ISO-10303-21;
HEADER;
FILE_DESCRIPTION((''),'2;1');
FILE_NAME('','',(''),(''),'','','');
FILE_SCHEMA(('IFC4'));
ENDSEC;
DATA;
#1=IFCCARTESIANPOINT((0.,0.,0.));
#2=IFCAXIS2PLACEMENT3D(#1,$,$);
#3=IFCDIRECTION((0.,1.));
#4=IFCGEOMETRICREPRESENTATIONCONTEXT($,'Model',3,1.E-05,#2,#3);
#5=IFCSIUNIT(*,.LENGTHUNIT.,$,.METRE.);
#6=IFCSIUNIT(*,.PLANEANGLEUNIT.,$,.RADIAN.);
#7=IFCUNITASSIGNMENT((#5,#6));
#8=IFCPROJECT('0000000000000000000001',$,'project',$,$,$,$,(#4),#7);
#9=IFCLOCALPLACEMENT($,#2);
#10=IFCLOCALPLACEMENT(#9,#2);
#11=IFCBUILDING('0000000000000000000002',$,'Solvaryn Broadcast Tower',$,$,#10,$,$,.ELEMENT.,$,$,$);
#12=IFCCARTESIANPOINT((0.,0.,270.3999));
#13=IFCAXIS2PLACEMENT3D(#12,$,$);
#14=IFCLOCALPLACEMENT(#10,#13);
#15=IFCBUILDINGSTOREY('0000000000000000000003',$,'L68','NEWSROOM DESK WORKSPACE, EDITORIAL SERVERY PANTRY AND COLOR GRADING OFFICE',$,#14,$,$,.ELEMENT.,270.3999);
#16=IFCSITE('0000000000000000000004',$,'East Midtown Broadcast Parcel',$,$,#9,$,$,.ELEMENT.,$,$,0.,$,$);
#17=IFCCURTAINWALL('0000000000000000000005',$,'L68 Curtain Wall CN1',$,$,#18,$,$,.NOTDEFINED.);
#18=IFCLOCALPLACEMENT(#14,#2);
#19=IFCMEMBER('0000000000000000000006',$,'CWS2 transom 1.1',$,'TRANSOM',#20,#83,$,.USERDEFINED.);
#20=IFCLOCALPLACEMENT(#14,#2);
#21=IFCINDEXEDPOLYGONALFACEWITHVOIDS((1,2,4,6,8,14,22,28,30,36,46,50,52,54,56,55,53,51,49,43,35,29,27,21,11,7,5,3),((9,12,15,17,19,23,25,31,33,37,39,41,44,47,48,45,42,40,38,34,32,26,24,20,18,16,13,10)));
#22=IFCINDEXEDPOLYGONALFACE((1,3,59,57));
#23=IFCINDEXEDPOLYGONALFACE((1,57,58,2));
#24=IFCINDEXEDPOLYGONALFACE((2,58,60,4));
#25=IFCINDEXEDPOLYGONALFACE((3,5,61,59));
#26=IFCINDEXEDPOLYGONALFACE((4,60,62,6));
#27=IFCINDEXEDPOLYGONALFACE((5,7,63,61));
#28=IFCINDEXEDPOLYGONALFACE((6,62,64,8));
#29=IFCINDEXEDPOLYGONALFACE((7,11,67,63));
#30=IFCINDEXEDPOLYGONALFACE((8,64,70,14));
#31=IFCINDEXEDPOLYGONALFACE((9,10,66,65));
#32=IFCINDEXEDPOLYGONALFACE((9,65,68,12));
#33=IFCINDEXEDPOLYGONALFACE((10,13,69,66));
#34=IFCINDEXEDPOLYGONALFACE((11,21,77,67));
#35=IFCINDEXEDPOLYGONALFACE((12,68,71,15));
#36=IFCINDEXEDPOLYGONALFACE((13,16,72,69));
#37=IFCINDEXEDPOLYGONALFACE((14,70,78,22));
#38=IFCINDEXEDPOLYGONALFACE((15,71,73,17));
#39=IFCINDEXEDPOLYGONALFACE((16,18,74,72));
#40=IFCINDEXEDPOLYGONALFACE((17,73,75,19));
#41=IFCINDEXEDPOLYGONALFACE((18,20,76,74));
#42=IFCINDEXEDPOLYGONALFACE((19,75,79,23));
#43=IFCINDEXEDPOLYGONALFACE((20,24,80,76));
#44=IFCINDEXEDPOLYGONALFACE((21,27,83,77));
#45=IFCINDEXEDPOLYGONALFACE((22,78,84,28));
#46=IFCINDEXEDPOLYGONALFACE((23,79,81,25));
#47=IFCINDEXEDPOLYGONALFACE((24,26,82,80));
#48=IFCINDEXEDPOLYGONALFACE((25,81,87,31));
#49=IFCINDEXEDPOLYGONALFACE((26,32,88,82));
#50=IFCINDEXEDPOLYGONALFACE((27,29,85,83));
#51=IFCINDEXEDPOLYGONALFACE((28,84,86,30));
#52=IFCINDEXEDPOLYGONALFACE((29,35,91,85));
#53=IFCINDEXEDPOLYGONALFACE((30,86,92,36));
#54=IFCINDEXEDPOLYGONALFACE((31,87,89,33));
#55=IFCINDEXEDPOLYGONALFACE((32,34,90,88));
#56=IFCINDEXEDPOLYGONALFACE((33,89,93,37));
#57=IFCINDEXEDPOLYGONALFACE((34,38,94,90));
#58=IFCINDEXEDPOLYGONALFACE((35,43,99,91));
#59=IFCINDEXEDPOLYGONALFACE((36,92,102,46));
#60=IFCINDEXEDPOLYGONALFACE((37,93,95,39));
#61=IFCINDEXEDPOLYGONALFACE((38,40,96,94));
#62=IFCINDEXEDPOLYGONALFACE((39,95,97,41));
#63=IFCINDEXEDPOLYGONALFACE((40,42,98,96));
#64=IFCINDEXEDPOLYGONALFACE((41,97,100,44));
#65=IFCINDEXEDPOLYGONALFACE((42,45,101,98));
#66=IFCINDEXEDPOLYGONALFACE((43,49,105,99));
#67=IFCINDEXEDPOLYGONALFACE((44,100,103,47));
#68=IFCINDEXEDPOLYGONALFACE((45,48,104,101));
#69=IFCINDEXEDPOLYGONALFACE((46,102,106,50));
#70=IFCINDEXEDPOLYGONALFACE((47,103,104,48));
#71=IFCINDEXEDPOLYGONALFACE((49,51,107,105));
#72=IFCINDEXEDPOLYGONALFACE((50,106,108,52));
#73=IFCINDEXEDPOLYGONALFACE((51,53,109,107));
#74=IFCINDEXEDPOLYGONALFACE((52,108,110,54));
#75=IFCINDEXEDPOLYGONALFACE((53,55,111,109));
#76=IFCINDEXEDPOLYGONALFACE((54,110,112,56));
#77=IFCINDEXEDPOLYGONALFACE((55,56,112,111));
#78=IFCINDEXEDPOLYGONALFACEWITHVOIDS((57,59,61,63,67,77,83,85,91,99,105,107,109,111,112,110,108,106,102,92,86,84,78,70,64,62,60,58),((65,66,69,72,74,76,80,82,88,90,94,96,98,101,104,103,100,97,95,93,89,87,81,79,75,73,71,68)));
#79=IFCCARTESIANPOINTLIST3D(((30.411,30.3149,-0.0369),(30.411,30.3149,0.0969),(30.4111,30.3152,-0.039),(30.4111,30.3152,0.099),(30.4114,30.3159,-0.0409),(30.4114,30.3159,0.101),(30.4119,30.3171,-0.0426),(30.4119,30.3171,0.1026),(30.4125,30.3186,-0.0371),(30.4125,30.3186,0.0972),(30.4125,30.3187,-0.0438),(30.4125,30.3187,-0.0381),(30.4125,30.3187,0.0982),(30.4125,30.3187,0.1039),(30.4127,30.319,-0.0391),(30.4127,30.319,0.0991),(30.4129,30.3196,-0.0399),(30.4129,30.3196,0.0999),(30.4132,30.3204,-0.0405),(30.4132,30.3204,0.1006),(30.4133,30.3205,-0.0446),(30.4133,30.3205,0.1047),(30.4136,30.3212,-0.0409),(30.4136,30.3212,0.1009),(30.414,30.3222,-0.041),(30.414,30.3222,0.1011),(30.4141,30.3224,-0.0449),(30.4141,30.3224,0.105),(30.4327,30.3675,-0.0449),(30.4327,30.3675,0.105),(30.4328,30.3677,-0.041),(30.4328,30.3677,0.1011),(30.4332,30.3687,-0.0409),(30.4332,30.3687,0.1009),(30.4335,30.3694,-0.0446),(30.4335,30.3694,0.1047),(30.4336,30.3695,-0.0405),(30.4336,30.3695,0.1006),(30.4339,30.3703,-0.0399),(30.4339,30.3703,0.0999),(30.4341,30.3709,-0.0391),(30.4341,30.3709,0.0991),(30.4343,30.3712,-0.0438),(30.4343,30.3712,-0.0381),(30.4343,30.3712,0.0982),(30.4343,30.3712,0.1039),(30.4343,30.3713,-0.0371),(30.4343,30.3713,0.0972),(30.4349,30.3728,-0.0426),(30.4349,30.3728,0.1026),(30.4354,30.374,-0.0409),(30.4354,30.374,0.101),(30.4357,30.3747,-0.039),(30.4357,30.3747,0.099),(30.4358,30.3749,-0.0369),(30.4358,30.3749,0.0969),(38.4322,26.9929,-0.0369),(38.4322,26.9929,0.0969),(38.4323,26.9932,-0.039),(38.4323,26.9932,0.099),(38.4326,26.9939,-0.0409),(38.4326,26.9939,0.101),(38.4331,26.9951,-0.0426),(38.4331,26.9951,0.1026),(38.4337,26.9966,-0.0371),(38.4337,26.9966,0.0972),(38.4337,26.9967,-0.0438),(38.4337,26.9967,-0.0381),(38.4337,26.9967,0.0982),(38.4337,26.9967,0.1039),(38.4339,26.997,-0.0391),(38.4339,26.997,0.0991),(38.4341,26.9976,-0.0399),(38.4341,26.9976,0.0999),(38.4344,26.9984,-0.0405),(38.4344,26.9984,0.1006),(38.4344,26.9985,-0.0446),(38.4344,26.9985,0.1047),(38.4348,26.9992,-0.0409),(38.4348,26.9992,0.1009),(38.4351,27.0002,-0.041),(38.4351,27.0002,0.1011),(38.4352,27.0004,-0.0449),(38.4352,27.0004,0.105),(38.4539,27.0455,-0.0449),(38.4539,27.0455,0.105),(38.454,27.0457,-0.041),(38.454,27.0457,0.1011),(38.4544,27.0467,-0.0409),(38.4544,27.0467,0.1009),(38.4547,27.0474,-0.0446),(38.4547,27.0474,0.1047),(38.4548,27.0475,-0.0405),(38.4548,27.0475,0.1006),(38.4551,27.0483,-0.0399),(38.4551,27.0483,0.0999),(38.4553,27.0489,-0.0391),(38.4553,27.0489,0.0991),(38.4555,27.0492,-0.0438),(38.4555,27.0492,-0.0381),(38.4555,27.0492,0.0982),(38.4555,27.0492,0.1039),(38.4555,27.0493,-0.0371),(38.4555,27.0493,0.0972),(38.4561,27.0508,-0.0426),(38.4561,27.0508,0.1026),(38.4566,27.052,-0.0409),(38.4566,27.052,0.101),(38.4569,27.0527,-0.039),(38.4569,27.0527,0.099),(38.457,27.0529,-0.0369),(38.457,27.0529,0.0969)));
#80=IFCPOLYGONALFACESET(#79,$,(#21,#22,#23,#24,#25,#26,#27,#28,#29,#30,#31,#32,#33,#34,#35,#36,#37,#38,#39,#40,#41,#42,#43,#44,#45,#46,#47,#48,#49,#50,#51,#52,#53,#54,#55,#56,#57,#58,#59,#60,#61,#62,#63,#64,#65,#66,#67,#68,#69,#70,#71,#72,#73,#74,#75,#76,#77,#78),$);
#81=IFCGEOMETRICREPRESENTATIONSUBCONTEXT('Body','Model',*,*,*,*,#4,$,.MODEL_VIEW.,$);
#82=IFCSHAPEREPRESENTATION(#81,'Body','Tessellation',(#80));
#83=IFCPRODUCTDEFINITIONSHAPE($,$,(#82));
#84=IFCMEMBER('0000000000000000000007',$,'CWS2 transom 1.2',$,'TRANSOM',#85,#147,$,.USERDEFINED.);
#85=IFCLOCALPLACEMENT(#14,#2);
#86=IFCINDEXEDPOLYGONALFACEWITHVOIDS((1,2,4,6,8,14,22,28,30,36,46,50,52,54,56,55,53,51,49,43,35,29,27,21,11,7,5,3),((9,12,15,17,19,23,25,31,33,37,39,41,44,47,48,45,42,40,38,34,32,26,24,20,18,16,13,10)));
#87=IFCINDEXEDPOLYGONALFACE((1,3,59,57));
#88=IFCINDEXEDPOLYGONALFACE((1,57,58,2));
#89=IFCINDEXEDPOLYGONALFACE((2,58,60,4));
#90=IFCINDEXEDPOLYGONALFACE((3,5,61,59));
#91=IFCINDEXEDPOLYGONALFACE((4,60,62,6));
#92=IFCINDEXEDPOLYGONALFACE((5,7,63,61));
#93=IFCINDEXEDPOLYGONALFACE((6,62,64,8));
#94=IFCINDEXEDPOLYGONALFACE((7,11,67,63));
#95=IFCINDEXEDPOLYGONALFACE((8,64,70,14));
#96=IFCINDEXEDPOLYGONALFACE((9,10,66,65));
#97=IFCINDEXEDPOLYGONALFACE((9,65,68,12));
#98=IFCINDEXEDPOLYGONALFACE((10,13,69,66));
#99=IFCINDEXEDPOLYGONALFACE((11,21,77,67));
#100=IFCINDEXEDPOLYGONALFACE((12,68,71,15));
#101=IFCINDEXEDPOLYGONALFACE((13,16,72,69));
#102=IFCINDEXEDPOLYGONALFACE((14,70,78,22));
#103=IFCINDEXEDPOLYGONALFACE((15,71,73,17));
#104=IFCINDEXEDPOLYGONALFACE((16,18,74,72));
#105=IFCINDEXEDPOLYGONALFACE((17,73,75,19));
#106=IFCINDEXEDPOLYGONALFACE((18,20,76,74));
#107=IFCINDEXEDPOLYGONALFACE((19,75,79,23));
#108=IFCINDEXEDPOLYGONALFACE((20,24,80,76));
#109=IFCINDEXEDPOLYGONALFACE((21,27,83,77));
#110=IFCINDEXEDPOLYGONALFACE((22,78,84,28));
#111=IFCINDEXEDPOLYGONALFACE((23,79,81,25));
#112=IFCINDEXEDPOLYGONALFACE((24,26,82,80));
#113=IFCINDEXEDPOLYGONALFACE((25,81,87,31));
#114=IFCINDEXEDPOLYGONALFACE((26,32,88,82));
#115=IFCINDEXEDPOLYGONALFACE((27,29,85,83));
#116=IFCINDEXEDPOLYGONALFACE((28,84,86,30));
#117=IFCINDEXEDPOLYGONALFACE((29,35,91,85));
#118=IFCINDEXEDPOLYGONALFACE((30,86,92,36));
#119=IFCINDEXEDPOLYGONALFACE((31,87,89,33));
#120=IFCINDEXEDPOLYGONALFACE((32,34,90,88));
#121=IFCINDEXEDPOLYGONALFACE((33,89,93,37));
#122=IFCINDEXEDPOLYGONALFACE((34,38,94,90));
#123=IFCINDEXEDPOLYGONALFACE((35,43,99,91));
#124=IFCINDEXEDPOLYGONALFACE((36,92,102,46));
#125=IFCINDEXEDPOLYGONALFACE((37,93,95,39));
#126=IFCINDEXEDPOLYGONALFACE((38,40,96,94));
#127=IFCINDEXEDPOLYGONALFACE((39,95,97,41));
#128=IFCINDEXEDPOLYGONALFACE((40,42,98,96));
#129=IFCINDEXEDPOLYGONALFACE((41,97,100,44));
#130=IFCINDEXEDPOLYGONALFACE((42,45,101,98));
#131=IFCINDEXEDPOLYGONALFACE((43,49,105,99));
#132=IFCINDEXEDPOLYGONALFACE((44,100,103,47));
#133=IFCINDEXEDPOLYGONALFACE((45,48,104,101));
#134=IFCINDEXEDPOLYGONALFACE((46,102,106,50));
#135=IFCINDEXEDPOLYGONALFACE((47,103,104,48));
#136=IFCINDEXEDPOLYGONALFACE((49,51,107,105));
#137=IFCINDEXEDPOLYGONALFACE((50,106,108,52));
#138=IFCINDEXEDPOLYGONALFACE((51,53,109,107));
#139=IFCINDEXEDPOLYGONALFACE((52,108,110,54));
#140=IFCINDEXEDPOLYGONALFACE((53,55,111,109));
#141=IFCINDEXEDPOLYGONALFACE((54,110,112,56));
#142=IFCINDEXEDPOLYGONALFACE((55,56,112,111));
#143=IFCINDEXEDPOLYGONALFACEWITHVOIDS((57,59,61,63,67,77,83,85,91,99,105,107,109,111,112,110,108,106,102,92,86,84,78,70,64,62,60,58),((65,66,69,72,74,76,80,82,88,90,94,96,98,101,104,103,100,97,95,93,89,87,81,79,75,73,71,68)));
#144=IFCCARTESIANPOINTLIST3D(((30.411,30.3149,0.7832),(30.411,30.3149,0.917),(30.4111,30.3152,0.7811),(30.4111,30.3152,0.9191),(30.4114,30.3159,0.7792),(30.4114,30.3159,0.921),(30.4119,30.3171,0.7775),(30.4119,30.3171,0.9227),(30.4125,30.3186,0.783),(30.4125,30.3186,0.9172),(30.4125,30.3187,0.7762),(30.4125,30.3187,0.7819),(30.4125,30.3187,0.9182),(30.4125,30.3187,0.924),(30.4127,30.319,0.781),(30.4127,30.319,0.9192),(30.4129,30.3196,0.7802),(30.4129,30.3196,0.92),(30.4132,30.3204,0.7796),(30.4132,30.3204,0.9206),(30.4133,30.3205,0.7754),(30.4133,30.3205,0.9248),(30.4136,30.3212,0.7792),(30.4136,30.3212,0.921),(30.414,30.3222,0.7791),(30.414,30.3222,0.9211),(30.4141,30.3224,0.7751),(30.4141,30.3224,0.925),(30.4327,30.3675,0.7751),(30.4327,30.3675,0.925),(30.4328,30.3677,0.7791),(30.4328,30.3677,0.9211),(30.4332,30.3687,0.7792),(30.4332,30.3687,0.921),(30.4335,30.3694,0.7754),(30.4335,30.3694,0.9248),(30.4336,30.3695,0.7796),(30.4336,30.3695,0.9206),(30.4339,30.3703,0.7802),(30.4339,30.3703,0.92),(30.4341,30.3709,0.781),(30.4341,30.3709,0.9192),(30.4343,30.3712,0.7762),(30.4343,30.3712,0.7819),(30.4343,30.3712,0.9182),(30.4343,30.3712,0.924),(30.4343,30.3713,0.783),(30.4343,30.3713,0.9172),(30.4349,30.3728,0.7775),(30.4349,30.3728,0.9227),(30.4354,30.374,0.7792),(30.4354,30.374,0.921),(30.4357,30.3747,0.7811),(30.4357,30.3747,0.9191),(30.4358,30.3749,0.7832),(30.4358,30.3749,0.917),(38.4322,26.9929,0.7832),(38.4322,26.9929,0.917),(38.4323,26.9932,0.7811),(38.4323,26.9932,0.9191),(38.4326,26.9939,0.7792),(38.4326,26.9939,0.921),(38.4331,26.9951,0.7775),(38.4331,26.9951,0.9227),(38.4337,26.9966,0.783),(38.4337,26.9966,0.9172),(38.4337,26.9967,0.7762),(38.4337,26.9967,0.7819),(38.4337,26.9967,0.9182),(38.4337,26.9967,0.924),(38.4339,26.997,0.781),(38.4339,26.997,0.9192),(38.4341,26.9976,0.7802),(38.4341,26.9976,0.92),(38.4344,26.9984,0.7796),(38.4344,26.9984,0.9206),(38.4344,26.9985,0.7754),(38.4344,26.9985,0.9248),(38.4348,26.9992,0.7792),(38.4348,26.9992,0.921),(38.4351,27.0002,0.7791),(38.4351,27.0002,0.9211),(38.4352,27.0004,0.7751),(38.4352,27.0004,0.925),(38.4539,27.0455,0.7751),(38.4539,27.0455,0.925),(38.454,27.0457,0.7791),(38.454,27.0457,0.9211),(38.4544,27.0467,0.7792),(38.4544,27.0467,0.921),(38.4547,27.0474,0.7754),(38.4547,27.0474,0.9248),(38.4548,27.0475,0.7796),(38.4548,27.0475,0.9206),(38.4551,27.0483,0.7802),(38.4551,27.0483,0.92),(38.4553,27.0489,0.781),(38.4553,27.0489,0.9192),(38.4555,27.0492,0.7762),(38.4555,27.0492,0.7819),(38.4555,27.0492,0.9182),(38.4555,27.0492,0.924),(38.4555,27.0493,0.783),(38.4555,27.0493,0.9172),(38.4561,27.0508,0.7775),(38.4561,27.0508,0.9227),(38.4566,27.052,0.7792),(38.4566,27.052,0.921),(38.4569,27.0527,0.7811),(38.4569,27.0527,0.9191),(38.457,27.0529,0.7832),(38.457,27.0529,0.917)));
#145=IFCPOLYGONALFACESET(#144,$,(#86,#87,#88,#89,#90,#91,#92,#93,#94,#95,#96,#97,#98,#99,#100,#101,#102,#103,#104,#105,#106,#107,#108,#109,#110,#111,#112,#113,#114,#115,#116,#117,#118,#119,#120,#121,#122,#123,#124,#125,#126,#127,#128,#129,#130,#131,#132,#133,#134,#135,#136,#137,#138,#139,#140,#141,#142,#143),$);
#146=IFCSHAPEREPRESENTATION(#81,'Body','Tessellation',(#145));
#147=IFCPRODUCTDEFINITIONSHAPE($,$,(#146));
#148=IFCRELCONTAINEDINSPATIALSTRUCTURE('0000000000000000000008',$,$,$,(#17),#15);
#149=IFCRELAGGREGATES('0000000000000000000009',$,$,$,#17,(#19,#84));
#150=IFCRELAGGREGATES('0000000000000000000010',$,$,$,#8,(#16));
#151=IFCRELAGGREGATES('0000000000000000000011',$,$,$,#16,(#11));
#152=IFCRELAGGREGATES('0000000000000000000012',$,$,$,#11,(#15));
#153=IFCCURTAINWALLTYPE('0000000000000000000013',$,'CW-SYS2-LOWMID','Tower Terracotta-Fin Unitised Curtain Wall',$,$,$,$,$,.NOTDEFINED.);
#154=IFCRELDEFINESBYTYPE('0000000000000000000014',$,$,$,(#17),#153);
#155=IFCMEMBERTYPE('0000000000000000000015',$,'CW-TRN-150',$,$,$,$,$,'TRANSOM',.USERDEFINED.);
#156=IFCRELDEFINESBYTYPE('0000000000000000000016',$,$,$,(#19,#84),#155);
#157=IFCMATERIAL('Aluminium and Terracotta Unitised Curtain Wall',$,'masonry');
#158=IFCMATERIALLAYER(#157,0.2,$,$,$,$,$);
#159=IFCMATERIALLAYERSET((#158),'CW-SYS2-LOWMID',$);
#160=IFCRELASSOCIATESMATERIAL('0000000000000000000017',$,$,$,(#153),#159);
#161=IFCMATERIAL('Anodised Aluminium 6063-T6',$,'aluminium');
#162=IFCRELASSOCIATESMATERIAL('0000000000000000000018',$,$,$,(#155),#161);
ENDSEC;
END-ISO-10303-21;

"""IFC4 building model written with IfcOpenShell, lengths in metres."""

from ifc_helpers import new_model, si_unit, direction, frame, origin, origin_2d, place, context, subcontext, project, spatial, hollow_rectangle, extrude, material, layer, layer_set, material_profile, profile_set, type_object, element, aggregate, save


model = new_model("IFC4")

# Units and contexts
model_context = context("Model", 3, precision=1e-05, world=origin(), true_north=direction((0.0, 1.0)))
body_context = subcontext(model_context, "Body", "Model", "MODEL_VIEW")
ifc_project = project(units=[si_unit("LENGTHUNIT", "METRE"), si_unit("PLANEANGLEUNIT", "RADIAN")], contexts=[model_context])

# Site, building, storey
site_placement = place(None, origin())
site = spatial("IfcSite", under=ifc_project, at=site_placement, Name="East Midtown Broadcast Parcel", CompositionType="ELEMENT", RefElevation=0.0)
building_placement = place(site_placement, origin())
building = spatial("IfcBuilding", under=site, at=building_placement, Name="Solvaryn Broadcast Tower", CompositionType="ELEMENT")
storey_placement = place(building_placement, frame((0.0, 0.0, 270.3999)))
storey = spatial("IfcBuildingStorey", under=building, at=storey_placement, Name="L68", Description="NEWSROOM DESK WORKSPACE, EDITORIAL SERVERY PANTRY AND COLOR GRADING OFFICE", CompositionType="ELEMENT", Elevation=270.3999)

# Curtain wall
ifc_material_1 = material(Name="Aluminium and Terracotta Unitised Curtain Wall", Category="masonry")
ifc_layer_1 = layer(ifc_material_1, 0.2)
ifc_layer_set_1 = layer_set([ifc_layer_1], Name="CW-SYS2-LOWMID")
curtain_wall_type = type_object("IfcCurtainWallType", Name="CW-SYS2-LOWMID", Description="Tower Terracotta-Fin Unitised Curtain Wall", PredefinedType="NOTDEFINED", material=ifc_layer_set_1)
curtain_wall_1_placement = place(storey_placement, origin())
curtain_wall_1 = element("IfcCurtainWall", 1, at=curtain_wall_1_placement, inside=storey, type_object=curtain_wall_type, Name="L68 Curtain Wall CN1", PredefinedType="NOTDEFINED")

# Members
ifc_material_2 = material(Name="Anodised Aluminium 6063-T6", Category="aluminium")
ifc_material_profile_1 = material_profile(ifc_material_2, hollow_rectangle(XDim=0.0649, YDim=0.1499, WallThickness=0.0039, InnerFilletRadius=0.0039, OuterFilletRadius=0.0081, at=origin_2d()))
ifc_profile_set_1 = profile_set([ifc_material_profile_1], Name="Anodised Aluminium 6063-T6")
member_type_1 = type_object("IfcMemberType", Name="CW-TRN-150", ElementType="TRANSOM", PredefinedType="USERDEFINED", material=ifc_profile_set_1)
member_1_placement = place(storey_placement, frame((38.4446, 27.0229, 0.03), z_axis=(-0.923899, 0.382636, 0.0), x_axis=(-0.382636, -0.923899, 0.0)))
member_1 = element("IfcMember", 2, at=member_1_placement, type_object=member_type_1, Name="CWS2 transom 1.1", ObjectType="TRANSOM", PredefinedType="USERDEFINED", context=body_context, shape_type="SweptSolid", body=[
    extrude(hollow_rectangle(XDim=0.0649, YDim=0.1499, WallThickness=0.0039, InnerFilletRadius=0.0039, OuterFilletRadius=0.0081, at=origin_2d()), origin(), (0.0, 0.0, 1.0), 8.6819),
])
member_2_placement = place(storey_placement, frame((38.4446, 27.0229, 0.8501), z_axis=(-0.923899, 0.382636, 0.0), x_axis=(-0.382636, -0.923899, 0.0)))
member_2 = element("IfcMember", 3, at=member_2_placement, type_object=member_type_1, Name="CWS2 transom 1.2", ObjectType="TRANSOM", PredefinedType="USERDEFINED", context=body_context, shape_type="SweptSolid", body=[
    extrude(hollow_rectangle(XDim=0.0649, YDim=0.1499, WallThickness=0.0039, InnerFilletRadius=0.0039, OuterFilletRadius=0.0081, at=origin_2d()), origin(), (0.0, 0.0, 1.0), 8.6819),
])

aggregate(curtain_wall_1, [member_1, member_2])

save(model, "model.ifc")
